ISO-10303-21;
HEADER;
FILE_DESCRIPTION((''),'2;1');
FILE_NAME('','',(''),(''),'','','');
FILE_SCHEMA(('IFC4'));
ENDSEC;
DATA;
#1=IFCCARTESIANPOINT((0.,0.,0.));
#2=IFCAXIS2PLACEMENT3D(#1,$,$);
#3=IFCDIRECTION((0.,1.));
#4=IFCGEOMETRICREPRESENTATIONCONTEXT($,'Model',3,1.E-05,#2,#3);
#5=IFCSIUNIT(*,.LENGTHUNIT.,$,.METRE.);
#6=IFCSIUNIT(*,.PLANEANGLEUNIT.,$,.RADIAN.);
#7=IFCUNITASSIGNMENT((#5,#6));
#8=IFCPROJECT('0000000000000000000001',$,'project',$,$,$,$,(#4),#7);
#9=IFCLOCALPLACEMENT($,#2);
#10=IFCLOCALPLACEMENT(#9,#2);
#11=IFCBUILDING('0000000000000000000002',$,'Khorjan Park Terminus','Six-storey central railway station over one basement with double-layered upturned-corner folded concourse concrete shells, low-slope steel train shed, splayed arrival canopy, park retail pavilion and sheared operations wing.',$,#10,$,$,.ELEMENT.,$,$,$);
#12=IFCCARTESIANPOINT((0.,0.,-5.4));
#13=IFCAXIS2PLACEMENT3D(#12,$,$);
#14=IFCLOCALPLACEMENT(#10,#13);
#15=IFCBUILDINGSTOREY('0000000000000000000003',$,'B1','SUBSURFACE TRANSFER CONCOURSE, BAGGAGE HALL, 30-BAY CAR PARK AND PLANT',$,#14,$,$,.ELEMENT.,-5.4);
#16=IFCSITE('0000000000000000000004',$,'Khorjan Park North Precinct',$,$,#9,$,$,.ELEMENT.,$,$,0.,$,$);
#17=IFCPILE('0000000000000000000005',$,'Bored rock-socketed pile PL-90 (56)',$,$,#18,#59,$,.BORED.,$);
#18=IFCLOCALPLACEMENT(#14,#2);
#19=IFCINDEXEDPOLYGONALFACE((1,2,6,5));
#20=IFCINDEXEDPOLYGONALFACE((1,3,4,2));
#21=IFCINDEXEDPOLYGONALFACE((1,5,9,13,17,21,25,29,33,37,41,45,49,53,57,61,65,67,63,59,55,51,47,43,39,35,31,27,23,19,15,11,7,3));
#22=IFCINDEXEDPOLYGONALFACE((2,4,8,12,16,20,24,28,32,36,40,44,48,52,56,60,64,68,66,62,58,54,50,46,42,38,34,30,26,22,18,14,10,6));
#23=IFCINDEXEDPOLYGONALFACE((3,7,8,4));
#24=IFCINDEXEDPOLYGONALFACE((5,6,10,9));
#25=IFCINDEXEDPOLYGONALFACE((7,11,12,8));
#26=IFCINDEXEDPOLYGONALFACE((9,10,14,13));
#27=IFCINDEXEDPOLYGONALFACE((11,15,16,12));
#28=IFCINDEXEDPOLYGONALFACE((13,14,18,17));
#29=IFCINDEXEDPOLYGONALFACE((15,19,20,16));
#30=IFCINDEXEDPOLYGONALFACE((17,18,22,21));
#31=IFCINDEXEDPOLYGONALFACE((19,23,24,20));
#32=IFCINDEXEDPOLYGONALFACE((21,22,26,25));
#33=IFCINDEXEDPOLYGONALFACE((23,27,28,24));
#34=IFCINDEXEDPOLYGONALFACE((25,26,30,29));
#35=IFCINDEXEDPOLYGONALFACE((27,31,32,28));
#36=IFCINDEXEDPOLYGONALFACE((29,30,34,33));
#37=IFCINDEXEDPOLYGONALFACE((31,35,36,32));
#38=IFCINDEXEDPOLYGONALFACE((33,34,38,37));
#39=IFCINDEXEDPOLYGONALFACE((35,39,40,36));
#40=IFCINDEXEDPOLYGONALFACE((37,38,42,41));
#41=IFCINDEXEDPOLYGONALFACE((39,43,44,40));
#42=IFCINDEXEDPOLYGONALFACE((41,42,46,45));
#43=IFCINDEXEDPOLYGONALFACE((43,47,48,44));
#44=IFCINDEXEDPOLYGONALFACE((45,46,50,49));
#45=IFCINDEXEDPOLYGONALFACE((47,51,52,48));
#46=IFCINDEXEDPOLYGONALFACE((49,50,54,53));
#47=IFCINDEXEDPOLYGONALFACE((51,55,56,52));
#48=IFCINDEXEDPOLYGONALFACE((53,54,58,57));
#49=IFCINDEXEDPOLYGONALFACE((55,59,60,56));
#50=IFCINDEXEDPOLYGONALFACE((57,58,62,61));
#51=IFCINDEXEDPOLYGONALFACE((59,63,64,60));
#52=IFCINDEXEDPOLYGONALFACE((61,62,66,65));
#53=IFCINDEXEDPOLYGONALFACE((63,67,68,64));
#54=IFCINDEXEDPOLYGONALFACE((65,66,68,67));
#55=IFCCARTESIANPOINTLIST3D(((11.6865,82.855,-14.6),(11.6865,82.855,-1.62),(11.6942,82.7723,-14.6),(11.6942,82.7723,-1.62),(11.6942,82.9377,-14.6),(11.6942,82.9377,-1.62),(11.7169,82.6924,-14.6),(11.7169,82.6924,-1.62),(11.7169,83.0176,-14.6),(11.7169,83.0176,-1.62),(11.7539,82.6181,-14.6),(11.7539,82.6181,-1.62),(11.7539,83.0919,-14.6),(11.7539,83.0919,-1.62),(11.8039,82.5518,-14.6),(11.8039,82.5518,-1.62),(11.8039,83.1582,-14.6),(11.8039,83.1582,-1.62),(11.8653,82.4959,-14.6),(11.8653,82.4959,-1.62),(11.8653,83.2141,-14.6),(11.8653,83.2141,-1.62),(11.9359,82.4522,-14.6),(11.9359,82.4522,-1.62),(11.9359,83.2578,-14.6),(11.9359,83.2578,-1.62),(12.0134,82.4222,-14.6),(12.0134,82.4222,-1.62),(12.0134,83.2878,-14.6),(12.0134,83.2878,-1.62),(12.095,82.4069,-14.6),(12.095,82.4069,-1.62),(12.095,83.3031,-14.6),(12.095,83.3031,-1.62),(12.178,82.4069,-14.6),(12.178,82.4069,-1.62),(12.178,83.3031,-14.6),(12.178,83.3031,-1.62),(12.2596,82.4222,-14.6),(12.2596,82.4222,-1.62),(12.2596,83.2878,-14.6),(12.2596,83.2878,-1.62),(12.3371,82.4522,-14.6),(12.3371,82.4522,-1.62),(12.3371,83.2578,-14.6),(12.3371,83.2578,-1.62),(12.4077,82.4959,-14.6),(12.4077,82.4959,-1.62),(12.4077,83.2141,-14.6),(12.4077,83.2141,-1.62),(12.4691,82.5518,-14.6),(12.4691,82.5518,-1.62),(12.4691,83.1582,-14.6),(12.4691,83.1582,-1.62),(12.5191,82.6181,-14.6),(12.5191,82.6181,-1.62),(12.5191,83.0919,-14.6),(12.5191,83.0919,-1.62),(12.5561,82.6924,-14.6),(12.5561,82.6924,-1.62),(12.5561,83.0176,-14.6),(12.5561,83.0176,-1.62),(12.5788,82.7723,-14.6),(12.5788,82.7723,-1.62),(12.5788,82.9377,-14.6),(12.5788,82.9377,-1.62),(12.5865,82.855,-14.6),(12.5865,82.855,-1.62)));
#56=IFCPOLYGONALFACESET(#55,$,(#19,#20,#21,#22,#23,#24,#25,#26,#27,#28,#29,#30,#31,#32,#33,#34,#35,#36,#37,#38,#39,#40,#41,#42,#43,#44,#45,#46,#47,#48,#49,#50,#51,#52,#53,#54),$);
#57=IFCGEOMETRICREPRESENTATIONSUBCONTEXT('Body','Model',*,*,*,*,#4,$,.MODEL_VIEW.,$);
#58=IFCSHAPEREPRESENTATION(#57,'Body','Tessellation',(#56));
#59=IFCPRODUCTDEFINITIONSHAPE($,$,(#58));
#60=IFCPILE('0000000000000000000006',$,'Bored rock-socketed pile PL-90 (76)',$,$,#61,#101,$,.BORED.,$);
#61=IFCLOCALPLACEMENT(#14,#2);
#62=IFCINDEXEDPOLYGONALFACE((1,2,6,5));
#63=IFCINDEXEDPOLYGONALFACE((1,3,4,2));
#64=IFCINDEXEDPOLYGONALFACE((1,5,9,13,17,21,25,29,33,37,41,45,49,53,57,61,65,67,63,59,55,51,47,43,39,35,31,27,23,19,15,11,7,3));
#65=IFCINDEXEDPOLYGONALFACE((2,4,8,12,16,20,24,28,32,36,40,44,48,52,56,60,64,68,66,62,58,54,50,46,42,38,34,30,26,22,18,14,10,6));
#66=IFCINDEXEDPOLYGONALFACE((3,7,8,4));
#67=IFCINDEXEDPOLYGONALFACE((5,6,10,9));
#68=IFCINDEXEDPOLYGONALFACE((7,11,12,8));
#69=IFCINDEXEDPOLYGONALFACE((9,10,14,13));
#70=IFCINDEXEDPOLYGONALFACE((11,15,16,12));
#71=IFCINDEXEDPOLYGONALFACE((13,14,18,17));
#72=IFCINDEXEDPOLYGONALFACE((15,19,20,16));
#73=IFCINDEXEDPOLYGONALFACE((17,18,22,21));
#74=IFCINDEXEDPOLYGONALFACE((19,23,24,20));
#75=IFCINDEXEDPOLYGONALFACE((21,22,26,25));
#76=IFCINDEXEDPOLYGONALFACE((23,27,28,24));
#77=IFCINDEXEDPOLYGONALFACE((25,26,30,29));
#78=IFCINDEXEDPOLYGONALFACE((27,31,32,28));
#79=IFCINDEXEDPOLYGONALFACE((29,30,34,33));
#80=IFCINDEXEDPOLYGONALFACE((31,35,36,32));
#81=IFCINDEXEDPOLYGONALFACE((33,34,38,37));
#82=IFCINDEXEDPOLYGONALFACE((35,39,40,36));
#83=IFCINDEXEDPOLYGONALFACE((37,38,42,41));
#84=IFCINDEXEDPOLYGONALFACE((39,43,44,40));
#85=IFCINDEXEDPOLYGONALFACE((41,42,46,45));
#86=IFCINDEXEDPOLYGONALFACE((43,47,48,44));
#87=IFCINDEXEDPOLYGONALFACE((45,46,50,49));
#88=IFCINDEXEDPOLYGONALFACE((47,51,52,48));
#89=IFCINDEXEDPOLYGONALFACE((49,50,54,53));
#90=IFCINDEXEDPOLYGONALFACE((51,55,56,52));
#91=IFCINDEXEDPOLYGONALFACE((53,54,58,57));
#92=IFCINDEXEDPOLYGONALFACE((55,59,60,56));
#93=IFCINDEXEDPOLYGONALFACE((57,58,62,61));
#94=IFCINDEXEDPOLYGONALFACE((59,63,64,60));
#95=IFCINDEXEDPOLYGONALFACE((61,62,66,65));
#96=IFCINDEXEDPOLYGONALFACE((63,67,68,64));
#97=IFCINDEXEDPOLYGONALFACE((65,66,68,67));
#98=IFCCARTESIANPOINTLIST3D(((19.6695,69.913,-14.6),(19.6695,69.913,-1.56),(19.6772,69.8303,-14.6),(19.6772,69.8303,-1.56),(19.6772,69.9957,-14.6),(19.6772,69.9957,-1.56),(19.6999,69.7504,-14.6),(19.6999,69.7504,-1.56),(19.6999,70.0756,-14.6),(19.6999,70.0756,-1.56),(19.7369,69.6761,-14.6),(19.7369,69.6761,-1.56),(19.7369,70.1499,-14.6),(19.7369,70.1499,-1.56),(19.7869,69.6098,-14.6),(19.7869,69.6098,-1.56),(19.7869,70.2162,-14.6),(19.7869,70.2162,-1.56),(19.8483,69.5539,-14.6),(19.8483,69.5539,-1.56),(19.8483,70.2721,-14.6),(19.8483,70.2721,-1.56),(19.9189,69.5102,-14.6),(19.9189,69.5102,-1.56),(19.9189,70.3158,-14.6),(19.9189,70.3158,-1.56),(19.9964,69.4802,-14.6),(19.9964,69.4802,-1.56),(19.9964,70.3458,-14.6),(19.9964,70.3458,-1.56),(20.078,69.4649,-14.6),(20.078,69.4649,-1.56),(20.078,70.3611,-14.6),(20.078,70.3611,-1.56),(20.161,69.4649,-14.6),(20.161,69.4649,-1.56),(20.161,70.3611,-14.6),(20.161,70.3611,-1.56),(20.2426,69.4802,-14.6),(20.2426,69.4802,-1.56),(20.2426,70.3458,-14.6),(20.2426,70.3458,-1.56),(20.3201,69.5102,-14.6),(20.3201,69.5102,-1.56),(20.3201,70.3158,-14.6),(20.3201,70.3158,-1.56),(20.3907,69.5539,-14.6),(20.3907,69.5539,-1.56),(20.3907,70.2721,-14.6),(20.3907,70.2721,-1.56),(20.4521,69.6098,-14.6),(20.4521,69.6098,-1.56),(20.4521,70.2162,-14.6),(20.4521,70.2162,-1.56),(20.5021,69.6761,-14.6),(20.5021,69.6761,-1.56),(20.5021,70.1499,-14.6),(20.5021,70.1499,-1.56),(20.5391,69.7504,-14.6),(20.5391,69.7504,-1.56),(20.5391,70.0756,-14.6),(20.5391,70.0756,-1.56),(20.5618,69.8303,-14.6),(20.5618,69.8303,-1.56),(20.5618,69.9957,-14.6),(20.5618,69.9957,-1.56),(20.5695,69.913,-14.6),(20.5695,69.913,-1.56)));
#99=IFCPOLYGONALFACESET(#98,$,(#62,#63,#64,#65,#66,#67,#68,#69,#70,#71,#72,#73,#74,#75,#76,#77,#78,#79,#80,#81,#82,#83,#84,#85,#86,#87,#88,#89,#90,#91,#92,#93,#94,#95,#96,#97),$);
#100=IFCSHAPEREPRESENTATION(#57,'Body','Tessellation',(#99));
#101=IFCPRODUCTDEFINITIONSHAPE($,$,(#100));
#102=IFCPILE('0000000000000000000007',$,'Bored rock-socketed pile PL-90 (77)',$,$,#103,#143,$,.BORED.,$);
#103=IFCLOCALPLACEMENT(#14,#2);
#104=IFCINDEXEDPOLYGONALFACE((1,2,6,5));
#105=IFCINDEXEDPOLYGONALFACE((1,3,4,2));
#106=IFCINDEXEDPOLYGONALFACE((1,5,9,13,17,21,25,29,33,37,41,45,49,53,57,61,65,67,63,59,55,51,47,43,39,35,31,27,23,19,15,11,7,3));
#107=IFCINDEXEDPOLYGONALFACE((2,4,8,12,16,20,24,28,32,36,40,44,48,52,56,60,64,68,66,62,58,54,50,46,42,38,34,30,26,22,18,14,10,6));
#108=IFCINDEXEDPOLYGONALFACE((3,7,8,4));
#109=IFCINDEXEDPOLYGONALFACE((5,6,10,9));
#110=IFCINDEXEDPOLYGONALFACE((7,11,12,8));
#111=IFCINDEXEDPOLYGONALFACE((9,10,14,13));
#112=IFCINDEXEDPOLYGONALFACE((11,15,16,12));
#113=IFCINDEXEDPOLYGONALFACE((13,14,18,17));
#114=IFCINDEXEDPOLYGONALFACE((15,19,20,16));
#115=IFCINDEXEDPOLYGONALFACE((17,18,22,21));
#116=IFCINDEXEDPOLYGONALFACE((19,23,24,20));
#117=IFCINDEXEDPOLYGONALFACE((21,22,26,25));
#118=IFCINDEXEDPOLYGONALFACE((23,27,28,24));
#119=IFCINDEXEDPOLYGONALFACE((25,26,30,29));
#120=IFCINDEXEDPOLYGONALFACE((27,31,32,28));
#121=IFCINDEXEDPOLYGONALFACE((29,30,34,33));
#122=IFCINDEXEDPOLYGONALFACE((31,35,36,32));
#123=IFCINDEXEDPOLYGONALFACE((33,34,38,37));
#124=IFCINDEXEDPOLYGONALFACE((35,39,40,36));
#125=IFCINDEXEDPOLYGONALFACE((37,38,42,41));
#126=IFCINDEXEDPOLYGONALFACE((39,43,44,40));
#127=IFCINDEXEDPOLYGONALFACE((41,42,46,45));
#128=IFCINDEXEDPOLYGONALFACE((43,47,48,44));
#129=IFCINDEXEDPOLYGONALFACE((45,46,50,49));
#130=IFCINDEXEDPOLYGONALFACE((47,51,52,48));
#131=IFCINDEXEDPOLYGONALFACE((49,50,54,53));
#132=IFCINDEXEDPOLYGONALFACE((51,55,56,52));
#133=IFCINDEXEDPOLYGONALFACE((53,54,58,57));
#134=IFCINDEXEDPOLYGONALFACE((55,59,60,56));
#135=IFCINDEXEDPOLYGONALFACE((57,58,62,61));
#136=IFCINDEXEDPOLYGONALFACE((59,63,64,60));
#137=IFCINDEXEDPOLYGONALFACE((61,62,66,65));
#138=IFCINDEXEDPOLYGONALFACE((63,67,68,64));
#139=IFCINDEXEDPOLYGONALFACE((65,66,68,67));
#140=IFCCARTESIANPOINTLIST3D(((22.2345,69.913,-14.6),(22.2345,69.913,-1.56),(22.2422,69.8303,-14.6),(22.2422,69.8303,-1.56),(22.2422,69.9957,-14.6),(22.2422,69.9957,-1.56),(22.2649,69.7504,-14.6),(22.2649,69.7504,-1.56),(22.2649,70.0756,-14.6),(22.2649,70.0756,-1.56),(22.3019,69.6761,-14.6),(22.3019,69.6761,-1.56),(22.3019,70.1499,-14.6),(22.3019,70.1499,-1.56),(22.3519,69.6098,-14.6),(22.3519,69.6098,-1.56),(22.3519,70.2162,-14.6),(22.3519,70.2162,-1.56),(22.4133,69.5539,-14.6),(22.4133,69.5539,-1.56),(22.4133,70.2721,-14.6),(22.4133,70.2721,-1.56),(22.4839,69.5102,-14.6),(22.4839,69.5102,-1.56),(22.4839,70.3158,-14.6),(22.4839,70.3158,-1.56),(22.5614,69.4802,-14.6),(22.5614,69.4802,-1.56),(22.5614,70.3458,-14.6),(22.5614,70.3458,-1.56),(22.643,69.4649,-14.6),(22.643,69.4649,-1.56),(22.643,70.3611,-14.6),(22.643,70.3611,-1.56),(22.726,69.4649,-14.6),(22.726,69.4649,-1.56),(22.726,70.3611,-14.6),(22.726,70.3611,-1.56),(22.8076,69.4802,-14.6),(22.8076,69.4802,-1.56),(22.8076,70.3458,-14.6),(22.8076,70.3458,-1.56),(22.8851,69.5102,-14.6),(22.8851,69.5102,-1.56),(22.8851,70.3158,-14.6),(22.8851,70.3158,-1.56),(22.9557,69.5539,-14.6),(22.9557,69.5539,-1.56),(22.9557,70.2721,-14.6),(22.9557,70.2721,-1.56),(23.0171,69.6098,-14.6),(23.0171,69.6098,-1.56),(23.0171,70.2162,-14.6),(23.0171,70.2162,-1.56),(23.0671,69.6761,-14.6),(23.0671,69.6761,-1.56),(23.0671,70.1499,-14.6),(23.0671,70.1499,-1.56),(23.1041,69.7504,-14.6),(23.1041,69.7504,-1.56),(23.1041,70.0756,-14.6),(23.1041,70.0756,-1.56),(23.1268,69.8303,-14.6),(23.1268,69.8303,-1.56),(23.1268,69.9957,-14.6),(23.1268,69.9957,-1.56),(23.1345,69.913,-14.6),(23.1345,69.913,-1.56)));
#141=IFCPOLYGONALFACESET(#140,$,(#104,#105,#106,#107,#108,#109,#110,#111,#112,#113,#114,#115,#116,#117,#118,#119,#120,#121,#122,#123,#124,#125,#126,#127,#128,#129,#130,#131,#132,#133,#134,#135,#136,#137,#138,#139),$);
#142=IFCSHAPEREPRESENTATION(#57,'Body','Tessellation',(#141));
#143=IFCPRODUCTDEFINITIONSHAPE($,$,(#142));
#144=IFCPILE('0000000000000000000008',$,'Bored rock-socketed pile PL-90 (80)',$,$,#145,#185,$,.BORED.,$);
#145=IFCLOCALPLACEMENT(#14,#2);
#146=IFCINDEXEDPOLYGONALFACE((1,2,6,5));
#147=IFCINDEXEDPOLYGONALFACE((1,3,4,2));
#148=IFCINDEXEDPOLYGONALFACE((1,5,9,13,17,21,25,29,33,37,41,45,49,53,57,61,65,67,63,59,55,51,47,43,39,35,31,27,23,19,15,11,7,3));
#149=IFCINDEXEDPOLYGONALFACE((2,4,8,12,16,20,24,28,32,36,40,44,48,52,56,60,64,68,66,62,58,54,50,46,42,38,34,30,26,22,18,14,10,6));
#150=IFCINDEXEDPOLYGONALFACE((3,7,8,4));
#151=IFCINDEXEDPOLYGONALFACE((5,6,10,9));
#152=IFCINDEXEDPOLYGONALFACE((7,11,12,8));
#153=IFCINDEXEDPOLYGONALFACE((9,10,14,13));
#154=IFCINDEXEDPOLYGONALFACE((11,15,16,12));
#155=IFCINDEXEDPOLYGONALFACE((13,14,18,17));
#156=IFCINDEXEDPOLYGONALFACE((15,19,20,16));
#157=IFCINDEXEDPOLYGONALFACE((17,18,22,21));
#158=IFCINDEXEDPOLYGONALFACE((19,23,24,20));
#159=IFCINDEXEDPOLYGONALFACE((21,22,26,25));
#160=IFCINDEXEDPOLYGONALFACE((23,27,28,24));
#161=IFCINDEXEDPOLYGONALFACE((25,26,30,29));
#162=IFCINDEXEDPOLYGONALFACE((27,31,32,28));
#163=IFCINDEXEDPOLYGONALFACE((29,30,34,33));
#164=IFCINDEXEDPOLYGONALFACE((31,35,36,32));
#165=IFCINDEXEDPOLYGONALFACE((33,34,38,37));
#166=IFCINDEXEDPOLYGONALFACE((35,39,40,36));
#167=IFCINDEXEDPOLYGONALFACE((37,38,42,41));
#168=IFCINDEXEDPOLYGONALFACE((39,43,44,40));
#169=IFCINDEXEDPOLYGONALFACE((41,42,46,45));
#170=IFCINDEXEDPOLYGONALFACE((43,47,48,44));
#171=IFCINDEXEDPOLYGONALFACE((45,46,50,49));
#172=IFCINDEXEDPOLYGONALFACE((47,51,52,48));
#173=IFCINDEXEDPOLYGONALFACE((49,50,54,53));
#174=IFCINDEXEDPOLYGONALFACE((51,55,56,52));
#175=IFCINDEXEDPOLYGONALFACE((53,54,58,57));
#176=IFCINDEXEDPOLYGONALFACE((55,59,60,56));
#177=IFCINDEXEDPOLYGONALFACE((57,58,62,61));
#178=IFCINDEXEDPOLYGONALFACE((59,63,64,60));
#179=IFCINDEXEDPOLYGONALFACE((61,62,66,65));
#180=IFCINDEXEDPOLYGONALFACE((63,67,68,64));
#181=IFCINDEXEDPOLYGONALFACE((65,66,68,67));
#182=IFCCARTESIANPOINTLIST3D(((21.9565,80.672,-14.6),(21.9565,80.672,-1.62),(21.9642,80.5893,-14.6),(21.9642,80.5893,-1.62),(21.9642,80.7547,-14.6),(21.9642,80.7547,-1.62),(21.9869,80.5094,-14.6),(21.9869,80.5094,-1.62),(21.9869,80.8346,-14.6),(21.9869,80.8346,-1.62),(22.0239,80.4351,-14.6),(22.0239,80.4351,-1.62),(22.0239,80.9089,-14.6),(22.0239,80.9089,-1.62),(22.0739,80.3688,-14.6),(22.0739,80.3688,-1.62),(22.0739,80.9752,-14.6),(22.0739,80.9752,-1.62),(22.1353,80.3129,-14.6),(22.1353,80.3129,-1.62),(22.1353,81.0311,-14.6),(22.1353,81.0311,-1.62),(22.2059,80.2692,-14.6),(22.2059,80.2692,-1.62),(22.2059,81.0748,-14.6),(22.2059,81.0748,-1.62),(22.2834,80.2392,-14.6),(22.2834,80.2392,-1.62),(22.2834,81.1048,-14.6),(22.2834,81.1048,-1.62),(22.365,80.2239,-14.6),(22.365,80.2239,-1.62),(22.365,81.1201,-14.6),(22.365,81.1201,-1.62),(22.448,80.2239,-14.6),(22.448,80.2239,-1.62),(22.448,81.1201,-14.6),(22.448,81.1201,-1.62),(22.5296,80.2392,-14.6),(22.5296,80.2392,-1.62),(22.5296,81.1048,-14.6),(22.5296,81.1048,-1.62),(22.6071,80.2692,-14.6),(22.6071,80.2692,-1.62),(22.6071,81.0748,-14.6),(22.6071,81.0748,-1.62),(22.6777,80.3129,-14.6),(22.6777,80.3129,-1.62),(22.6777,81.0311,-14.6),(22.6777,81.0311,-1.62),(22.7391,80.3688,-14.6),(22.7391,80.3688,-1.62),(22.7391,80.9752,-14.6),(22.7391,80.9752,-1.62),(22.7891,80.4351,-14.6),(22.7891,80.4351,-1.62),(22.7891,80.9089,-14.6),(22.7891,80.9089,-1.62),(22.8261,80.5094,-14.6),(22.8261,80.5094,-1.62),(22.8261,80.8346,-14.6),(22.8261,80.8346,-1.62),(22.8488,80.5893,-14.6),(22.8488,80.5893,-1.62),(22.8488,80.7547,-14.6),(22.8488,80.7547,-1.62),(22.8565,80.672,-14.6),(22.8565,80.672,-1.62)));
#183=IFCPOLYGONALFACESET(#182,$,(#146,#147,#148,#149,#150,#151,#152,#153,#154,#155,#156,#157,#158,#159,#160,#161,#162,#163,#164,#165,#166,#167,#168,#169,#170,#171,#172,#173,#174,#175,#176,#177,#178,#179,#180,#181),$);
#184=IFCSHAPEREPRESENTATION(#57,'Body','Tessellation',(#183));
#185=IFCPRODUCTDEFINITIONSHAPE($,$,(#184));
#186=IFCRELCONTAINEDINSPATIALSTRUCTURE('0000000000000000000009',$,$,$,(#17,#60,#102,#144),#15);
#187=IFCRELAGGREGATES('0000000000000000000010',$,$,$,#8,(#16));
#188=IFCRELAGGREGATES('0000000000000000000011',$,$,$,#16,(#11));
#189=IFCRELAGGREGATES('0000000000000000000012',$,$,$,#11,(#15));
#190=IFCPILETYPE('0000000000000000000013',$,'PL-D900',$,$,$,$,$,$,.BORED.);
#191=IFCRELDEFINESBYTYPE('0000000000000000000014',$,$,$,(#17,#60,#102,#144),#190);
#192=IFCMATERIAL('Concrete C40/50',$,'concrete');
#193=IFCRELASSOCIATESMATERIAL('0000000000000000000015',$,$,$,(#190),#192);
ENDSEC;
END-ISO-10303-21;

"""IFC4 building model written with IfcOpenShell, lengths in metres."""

from ifc_helpers import new_model, si_unit, direction, frame, origin, origin_2d, place, context, subcontext, project, spatial, circle, extrude, material, material_profile, profile_set, type_object, element, save


model = new_model("IFC4")

# Units and contexts
model_context = context("Model", 3, precision=1e-05, world=origin(), true_north=direction((0.0, 1.0)))
body_context = subcontext(model_context, "Body", "Model", "MODEL_VIEW")
ifc_project = project(units=[si_unit("LENGTHUNIT", "METRE"), si_unit("PLANEANGLEUNIT", "RADIAN")], contexts=[model_context])

# Site, building, storey
site_placement = place(None, origin())
site = spatial("IfcSite", under=ifc_project, at=site_placement, Name="Khorjan Park North Precinct", CompositionType="ELEMENT", RefElevation=0.0)
building_placement = place(site_placement, origin())
building = spatial("IfcBuilding", under=site, at=building_placement, Name="Khorjan Park Terminus", Description="Six-storey central railway station over one basement with double-layered upturned-corner folded concourse concrete shells, low-slope steel train shed, splayed arrival canopy, park retail pavilion and sheared operations wing.", CompositionType="ELEMENT")
storey_placement = place(building_placement, frame((0.0, 0.0, -5.4)))
storey = spatial("IfcBuildingStorey", under=building, at=storey_placement, Name="B1", Description="SUBSURFACE TRANSFER CONCOURSE, BAGGAGE HALL, 30-BAY CAR PARK AND PLANT", CompositionType="ELEMENT", Elevation=-5.4)

# Shared definitions
ifc_material_1 = material(Name="Concrete C40/50", Category="concrete")

# Piles
ifc_material_profile_1 = material_profile(ifc_material_1, circle(Radius=0.45, at=origin_2d()), Name="BORED D900")
ifc_profile_set_1 = profile_set([ifc_material_profile_1], Name="Concrete C40/50")
pile_type_1 = type_object("IfcPileType", Name="PL-D900", PredefinedType="BORED", material=ifc_profile_set_1)
pile_1_placement = place(storey_placement, frame((12.1365, 82.855, -1.62), z_axis=(0.0, 0.0, -1.0), x_axis=(1.0, 0.0, 0.0)))
element("IfcPile", 1, at=pile_1_placement, inside=storey, type_object=pile_type_1, Name="Bored rock-socketed pile PL-90 (56)", PredefinedType="BORED", context=body_context, shape_type="SweptSolid", body=[
    extrude(circle(Radius=0.45, at=origin_2d()), origin(), (0.0, 0.0, 1.0), 12.98),
])
for number, where, z_axis, x_axis, name in (
    (2, (20.1195, 69.913, -1.56), (0.0, 0.0, -1.0), (1.0, 0.0, 0.0), "Bored rock-socketed pile PL-90 (76)"),
    (3, (22.6845, 69.913, -1.56), (0.0, 0.0, -1.0), (1.0, 0.0, 0.0), "Bored rock-socketed pile PL-90 (77)"),
):
    element("IfcPile", number, at=place(storey_placement, frame(where, z_axis=z_axis, x_axis=x_axis)), inside=storey, type_object=pile_type_1, Name=name, PredefinedType="BORED", context=body_context, shape_type="SweptSolid", body=[
        extrude(circle(Radius=0.45, at=origin_2d()), origin(), (0.0, 0.0, 1.0), 13.04),
    ])
pile_2_placement = place(storey_placement, frame((22.4065, 80.672, -1.62), z_axis=(0.0, 0.0, -1.0), x_axis=(1.0, 0.0, 0.0)))
element("IfcPile", 4, at=pile_2_placement, inside=storey, type_object=pile_type_1, Name="Bored rock-socketed pile PL-90 (80)", PredefinedType="BORED", context=body_context, shape_type="SweptSolid", body=[
    extrude(circle(Radius=0.45, at=origin_2d()), origin(), (0.0, 0.0, 1.0), 12.98),
])

save(model, "model.ifc")
